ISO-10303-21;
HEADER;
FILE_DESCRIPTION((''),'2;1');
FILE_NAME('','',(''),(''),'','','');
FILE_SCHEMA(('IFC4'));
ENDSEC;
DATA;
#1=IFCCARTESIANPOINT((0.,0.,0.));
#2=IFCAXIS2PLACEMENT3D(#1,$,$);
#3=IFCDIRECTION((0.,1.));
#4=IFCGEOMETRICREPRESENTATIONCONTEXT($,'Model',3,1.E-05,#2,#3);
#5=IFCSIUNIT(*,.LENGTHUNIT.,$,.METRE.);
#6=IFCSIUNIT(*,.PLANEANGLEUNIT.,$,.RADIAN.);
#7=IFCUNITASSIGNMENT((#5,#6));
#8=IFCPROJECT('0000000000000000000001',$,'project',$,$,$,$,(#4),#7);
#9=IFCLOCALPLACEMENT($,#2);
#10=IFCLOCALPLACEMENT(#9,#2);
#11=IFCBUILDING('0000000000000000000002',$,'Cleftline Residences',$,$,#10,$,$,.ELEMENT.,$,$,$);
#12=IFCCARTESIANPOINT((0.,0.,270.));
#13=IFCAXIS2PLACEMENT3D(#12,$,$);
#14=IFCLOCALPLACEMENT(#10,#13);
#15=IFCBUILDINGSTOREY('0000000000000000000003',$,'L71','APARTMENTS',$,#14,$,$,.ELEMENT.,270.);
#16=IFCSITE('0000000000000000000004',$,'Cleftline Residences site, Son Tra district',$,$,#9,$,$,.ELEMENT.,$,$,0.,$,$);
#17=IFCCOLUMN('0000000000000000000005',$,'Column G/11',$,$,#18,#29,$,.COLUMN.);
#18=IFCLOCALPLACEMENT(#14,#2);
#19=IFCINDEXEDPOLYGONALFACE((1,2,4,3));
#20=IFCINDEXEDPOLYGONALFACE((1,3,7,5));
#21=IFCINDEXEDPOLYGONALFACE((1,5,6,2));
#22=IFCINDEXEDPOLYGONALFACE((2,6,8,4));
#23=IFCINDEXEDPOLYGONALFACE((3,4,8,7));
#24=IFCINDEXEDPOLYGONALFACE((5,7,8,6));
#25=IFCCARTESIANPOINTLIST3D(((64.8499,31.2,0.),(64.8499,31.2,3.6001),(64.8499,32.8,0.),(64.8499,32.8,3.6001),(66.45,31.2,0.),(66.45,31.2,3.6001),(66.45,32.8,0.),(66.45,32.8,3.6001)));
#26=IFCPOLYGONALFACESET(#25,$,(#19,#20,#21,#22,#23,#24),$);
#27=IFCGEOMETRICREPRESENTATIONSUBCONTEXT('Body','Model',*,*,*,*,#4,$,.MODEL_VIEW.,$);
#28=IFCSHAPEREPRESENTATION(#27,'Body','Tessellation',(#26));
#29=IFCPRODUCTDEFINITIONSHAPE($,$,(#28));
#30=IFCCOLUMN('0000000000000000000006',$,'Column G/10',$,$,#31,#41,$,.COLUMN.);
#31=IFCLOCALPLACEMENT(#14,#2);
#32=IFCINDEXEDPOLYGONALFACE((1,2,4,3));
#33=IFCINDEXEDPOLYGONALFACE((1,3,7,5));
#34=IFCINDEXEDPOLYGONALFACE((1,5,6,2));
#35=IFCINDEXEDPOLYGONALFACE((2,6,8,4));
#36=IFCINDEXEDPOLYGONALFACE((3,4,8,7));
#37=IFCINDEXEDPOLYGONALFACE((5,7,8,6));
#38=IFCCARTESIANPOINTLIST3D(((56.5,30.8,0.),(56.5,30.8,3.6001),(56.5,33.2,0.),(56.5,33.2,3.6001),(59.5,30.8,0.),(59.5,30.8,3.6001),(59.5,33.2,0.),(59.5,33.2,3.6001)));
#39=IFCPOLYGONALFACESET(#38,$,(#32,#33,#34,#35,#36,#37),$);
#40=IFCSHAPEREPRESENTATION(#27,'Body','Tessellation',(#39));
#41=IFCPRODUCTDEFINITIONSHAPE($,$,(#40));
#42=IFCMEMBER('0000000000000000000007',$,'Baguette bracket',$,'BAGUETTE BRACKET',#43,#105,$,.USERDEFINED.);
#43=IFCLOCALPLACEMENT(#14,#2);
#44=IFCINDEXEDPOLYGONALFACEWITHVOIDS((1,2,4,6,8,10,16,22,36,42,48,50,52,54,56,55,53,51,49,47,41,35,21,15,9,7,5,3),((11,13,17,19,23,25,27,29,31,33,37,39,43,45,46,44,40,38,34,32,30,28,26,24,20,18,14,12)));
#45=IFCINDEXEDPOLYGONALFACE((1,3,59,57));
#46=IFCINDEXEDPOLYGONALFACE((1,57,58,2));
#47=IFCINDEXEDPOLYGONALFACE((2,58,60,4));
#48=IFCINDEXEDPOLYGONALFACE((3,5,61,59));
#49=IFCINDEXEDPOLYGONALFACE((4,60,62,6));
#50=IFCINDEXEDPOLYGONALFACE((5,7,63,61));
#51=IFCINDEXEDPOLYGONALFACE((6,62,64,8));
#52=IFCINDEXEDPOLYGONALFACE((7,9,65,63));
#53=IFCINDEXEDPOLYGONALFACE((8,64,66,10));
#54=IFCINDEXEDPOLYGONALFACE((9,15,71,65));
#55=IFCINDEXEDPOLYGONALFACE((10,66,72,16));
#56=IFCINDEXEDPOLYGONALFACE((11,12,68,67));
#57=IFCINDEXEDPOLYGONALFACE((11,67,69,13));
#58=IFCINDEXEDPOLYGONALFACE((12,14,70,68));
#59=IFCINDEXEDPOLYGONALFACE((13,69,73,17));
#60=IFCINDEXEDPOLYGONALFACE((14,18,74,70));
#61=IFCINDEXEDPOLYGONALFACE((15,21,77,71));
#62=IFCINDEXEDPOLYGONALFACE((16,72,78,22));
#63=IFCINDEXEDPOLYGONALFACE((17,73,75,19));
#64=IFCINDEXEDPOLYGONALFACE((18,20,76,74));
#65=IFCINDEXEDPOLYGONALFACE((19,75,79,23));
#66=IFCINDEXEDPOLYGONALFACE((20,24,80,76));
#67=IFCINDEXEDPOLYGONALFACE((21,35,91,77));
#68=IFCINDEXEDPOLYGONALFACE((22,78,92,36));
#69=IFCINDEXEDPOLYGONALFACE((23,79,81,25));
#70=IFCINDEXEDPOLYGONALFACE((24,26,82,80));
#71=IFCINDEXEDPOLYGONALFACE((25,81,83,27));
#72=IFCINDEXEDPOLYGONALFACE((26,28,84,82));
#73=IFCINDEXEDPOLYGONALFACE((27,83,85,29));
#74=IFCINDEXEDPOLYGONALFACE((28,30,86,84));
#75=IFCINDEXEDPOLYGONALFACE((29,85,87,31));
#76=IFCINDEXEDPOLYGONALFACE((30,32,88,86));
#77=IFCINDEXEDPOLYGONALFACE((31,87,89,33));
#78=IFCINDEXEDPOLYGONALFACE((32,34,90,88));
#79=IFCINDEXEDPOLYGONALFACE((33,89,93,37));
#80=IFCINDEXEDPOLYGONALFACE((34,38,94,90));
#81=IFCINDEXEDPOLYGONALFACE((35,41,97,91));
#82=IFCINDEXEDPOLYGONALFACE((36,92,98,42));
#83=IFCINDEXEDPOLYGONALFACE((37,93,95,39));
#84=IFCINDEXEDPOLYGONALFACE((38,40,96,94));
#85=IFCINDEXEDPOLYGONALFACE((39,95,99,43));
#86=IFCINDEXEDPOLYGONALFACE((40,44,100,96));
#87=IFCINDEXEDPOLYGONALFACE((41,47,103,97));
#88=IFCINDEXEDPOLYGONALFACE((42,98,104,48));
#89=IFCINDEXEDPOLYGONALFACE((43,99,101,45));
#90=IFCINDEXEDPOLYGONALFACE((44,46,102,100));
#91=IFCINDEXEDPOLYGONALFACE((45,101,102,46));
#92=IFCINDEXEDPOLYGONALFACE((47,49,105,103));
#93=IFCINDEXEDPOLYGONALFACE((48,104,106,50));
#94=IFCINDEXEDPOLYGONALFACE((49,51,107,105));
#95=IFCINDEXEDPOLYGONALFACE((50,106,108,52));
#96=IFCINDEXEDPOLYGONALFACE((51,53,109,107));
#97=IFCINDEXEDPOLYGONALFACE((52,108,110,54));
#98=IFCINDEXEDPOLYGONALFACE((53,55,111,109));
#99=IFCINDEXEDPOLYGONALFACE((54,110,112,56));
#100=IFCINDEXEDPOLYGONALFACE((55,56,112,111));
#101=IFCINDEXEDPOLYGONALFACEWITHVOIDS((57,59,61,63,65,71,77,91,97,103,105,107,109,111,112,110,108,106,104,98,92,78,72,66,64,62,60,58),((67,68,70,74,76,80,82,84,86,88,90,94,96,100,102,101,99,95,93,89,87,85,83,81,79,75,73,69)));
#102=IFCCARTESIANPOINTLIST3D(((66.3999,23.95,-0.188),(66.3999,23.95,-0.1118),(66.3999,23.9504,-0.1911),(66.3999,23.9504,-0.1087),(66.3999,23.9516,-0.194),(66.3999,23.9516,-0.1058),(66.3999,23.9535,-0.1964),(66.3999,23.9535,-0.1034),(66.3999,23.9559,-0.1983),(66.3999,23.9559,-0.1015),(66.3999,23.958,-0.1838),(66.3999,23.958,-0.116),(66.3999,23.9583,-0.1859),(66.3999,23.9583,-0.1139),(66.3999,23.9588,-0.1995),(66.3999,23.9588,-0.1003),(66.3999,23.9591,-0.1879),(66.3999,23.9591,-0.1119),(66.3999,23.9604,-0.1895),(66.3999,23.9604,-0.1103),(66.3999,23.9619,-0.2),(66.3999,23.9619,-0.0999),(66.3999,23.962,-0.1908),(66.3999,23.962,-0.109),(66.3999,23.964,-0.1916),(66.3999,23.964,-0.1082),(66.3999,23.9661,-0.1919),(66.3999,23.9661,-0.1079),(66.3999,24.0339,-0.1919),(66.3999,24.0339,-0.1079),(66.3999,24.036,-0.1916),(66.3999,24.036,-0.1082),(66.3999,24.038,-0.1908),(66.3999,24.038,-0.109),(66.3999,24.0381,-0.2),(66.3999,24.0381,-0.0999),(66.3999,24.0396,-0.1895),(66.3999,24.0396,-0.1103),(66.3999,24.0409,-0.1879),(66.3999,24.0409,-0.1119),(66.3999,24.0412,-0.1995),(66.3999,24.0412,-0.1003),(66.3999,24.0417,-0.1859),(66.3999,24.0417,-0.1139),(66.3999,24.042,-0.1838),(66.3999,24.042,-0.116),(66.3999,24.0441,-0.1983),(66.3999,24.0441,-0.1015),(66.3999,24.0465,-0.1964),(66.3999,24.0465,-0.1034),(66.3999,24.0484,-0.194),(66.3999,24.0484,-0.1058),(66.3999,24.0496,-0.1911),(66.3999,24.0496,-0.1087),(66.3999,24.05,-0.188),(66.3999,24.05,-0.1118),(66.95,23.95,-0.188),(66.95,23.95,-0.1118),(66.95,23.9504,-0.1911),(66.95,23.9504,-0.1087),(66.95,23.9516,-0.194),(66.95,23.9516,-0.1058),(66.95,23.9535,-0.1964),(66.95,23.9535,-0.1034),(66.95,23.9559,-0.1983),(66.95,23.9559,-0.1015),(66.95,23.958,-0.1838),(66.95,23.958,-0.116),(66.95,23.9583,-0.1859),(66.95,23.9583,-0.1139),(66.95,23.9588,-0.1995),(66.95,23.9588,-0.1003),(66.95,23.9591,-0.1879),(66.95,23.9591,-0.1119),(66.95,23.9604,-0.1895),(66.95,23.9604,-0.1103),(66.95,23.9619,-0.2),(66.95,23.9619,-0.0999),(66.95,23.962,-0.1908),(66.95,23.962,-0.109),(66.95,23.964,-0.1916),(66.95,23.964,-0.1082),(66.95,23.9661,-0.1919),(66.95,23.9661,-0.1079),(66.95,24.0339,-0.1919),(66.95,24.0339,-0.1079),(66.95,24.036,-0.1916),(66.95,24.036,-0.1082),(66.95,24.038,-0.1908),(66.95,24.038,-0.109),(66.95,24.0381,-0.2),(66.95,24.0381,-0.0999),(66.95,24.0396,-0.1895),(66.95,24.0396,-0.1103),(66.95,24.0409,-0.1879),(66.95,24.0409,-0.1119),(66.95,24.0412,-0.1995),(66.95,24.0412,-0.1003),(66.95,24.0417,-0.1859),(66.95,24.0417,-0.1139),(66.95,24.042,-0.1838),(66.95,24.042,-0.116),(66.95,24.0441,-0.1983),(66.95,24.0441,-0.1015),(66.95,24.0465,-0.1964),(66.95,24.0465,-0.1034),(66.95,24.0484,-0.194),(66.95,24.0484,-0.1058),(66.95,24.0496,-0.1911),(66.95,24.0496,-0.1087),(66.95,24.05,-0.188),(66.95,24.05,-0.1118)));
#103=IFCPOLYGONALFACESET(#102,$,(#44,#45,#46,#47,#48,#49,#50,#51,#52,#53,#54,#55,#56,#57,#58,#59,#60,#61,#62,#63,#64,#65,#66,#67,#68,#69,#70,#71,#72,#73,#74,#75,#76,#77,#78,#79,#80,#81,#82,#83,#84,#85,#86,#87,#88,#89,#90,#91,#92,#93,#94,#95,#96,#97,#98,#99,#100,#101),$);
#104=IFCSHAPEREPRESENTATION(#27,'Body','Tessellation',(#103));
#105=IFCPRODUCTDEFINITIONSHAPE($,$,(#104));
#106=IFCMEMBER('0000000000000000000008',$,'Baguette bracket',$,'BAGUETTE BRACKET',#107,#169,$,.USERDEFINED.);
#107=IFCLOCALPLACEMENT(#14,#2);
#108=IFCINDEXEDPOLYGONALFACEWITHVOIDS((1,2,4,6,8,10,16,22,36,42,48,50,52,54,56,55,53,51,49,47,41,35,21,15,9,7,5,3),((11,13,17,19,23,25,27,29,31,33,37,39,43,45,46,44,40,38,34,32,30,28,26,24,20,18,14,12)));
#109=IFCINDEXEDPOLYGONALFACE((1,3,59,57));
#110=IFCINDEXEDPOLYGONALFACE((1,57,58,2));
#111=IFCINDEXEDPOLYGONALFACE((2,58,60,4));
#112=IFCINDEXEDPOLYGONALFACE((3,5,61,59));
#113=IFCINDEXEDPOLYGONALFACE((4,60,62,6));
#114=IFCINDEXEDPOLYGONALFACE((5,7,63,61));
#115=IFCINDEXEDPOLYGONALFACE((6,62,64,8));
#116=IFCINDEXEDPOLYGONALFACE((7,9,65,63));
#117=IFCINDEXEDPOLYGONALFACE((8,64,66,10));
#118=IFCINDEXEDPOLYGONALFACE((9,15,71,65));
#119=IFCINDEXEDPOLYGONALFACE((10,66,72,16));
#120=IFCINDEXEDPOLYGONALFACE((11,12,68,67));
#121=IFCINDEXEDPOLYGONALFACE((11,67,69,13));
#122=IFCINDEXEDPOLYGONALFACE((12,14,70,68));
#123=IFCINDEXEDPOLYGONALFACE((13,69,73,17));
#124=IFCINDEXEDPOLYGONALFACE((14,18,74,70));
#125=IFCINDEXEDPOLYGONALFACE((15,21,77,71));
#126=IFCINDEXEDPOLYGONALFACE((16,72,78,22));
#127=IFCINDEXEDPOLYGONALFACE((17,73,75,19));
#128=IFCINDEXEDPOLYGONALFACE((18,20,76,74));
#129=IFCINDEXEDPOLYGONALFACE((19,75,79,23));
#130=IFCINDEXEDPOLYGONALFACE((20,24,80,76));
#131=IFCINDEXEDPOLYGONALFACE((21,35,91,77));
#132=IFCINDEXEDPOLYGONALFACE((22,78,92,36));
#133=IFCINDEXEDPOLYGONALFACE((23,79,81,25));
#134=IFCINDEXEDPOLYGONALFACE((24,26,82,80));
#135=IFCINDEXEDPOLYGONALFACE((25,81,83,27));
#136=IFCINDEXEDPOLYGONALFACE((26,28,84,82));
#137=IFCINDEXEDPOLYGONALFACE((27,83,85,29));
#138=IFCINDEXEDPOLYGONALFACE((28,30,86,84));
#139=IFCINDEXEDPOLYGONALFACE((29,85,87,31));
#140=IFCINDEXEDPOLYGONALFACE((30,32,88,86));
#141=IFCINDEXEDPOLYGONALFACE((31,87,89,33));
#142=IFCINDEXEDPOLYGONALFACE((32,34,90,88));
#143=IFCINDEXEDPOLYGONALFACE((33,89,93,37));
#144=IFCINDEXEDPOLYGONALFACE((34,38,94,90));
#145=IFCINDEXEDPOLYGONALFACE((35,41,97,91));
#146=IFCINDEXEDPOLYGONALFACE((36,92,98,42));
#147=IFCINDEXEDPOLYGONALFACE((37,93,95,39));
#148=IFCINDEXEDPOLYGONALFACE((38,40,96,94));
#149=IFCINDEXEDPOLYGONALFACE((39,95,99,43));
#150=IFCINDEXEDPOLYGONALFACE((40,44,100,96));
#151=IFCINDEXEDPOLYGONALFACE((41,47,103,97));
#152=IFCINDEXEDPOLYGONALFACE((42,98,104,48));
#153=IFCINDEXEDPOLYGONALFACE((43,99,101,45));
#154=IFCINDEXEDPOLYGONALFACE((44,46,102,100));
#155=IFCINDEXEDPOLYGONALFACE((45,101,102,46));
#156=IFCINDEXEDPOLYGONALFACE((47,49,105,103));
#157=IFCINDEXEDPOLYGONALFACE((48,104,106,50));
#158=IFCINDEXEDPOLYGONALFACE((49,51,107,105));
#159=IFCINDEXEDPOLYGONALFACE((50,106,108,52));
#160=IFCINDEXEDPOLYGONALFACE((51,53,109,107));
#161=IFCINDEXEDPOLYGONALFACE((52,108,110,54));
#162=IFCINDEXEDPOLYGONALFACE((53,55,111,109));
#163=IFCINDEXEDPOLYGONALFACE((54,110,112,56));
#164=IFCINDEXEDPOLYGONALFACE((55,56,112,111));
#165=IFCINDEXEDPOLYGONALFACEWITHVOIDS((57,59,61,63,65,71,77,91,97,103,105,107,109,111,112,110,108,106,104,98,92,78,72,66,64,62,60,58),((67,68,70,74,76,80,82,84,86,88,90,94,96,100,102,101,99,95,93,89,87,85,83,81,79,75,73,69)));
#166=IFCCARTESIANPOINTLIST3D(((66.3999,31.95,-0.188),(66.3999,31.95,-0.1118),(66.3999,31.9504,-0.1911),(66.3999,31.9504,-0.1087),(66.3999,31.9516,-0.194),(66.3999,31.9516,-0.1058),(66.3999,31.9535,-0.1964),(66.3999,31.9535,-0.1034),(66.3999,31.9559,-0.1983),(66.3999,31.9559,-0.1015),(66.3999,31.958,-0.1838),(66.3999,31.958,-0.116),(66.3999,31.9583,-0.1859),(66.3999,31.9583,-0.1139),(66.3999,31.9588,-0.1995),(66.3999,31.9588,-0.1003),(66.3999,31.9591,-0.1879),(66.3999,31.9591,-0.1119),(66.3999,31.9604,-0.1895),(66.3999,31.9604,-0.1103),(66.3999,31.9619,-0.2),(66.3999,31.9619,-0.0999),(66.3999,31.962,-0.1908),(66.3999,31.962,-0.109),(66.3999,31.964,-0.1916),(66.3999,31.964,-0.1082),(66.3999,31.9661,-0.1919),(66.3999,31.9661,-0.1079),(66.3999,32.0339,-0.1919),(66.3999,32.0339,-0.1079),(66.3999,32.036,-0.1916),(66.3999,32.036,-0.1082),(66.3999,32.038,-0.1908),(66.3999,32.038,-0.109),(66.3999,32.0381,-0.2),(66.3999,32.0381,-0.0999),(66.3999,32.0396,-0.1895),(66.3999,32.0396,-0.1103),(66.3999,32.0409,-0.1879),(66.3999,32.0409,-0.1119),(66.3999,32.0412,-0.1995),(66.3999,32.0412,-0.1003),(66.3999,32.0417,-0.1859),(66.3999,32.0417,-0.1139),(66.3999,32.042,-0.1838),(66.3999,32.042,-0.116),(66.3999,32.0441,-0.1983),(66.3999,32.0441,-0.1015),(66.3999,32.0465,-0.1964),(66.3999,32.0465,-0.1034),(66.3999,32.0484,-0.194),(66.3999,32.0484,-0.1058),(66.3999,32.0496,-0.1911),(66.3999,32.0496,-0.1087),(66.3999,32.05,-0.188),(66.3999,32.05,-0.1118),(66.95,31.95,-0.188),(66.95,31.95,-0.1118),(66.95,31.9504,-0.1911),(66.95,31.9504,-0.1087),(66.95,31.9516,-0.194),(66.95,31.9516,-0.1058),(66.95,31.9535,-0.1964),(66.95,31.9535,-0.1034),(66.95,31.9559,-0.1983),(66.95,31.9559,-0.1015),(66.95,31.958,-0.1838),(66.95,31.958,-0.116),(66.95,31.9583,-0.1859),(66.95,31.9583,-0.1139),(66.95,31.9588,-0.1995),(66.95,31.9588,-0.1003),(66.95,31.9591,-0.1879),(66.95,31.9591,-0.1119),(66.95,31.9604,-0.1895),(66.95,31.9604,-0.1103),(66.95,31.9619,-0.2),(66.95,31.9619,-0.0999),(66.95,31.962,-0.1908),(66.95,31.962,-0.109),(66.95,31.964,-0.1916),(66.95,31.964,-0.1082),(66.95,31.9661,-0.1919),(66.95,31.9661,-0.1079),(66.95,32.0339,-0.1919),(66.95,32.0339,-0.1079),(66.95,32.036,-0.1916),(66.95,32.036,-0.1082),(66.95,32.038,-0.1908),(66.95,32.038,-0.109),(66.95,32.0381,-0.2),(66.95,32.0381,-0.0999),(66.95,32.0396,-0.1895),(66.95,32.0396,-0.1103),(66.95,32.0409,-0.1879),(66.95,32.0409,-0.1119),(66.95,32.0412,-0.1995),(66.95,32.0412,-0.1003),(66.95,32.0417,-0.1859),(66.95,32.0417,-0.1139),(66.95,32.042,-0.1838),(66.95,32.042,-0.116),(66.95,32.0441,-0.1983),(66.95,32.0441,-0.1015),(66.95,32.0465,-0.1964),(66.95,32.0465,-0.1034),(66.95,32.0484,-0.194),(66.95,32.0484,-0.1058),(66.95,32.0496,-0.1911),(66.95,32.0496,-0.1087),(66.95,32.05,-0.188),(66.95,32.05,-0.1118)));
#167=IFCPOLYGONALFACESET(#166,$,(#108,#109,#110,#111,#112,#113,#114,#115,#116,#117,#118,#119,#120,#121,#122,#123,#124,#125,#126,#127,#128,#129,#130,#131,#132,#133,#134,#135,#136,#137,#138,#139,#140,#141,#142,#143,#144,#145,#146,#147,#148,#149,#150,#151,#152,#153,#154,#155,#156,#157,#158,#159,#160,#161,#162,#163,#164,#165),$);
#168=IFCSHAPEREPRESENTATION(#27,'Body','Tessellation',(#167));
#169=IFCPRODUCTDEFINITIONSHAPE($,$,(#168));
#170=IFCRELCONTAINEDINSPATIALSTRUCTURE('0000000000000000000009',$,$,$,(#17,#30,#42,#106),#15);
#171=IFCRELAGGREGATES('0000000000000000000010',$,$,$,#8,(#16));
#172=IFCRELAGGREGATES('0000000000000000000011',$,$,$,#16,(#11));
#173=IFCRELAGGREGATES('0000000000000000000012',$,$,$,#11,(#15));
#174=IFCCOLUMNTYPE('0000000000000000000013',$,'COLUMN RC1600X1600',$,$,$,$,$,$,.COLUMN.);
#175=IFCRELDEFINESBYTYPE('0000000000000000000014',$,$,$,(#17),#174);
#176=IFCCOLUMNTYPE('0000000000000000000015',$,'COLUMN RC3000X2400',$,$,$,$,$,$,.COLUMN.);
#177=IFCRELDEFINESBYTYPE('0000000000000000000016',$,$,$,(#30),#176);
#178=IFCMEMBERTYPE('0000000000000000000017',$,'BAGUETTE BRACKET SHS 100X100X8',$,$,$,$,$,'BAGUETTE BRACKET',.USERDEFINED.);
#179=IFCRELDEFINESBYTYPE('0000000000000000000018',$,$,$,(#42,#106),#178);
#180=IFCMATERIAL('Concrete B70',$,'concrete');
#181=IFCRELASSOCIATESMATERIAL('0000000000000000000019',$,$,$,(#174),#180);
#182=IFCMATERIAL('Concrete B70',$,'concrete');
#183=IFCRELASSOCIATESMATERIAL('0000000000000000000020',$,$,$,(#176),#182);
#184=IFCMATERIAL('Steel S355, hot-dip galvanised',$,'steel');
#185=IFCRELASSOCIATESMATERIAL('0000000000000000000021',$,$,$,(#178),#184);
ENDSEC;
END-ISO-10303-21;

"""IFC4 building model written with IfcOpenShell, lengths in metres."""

from ifc_helpers import new_model, si_unit, direction, frame, origin, origin_2d, place, context, subcontext, project, spatial, rectangle, hollow_rectangle, extrude, material, material_profile, profile_set, type_object, element, save


model = new_model("IFC4")

# Units and contexts
model_context = context("Model", 3, precision=1e-05, world=origin(), true_north=direction((0.0, 1.0)))
body_context = subcontext(model_context, "Body", "Model", "MODEL_VIEW")
ifc_project = project(units=[si_unit("LENGTHUNIT", "METRE"), si_unit("PLANEANGLEUNIT", "RADIAN")], contexts=[model_context])

# Site, building, storey
site_placement = place(None, origin())
site = spatial("IfcSite", under=ifc_project, at=site_placement, Name="Cleftline Residences site, Son Tra district", CompositionType="ELEMENT", RefElevation=0.0)
building_placement = place(site_placement, origin())
building = spatial("IfcBuilding", under=site, at=building_placement, Name="Cleftline Residences", CompositionType="ELEMENT")
storey_placement = place(building_placement, frame((0.0, 0.0, 270.0)))
storey = spatial("IfcBuildingStorey", under=building, at=storey_placement, Name="L71", Description="APARTMENTS", CompositionType="ELEMENT", Elevation=270.0)

# Columns
ifc_material_1 = material(Name="Concrete B70", Category="concrete")
ifc_material_profile_1 = material_profile(ifc_material_1, rectangle(XDim=1.6001, YDim=1.6001, at=origin_2d()))
ifc_profile_set_1 = profile_set([ifc_material_profile_1], Name="Concrete B70")
column_type_1 = type_object("IfcColumnType", Name="COLUMN RC1600X1600", PredefinedType="COLUMN", material=ifc_profile_set_1)
column_1_placement = place(storey_placement, frame((65.6499, 32.0, 0.0), z_axis=(0.0, 0.0, 1.0), x_axis=(1.0, 0.0, 0.0)))
element("IfcColumn", 1, at=column_1_placement, inside=storey, type_object=column_type_1, Name="Column G/11", PredefinedType="COLUMN", context=body_context, shape_type="SweptSolid", body=[
    extrude(rectangle(XDim=1.6001, YDim=1.6001, at=origin_2d()), origin(), (0.0, 0.0, 1.0), 3.6001),
])
ifc_material_2 = material(Name="Concrete B70", Category="concrete")
ifc_material_profile_2 = material_profile(ifc_material_2, rectangle(XDim=3.0, YDim=2.3999, at=origin_2d()))
ifc_profile_set_2 = profile_set([ifc_material_profile_2], Name="Concrete B70")
column_type_2 = type_object("IfcColumnType", Name="COLUMN RC3000X2400", PredefinedType="COLUMN", material=ifc_profile_set_2)
column_2_placement = place(storey_placement, frame((58.0, 32.0, 0.0), z_axis=(0.0, 0.0, 1.0), x_axis=(1.0, 0.0, 0.0)))
element("IfcColumn", 2, at=column_2_placement, inside=storey, type_object=column_type_2, Name="Column G/10", PredefinedType="COLUMN", context=body_context, shape_type="SweptSolid", body=[
    extrude(rectangle(XDim=3.0, YDim=2.3999, at=origin_2d()), origin(), (0.0, 0.0, 1.0), 3.6001),
])

# Members
ifc_material_3 = material(Name="Steel S355, hot-dip galvanised", Category="steel")
ifc_material_profile_3 = material_profile(ifc_material_3, hollow_rectangle(XDim=0.1001, YDim=0.1001, WallThickness=0.0081, InnerFilletRadius=0.0081, OuterFilletRadius=0.012, at=origin_2d()))
ifc_profile_set_3 = profile_set([ifc_material_profile_3], Name="Steel S355, hot-dip galvanised")
member_type_1 = type_object("IfcMemberType", Name="BAGUETTE BRACKET SHS 100X100X8", ElementType="BAGUETTE BRACKET", PredefinedType="USERDEFINED", material=ifc_profile_set_3)
for number, where, z_axis, x_axis, name in (
    (3, (66.3999, 24.0, -0.1499), (1.0, 0.0, 0.0), (0.0, 1.0, 0.0), "Baguette bracket"),
    (4, (66.3999, 32.0, -0.1499), (1.0, 0.0, 0.0), (0.0, 1.0, 0.0), "Baguette bracket"),
):
    element("IfcMember", number, at=place(storey_placement, frame(where, z_axis=z_axis, x_axis=x_axis)), inside=storey, type_object=member_type_1, Name=name, ObjectType="BAGUETTE BRACKET", PredefinedType="USERDEFINED", context=body_context, shape_type="SweptSolid", body=[
        extrude(hollow_rectangle(XDim=0.1001, YDim=0.1001, WallThickness=0.0081, InnerFilletRadius=0.0081, OuterFilletRadius=0.012, at=origin_2d()), origin(), (0.0, 0.0, 1.0), 0.55),
    ])

save(model, "model.ifc")
